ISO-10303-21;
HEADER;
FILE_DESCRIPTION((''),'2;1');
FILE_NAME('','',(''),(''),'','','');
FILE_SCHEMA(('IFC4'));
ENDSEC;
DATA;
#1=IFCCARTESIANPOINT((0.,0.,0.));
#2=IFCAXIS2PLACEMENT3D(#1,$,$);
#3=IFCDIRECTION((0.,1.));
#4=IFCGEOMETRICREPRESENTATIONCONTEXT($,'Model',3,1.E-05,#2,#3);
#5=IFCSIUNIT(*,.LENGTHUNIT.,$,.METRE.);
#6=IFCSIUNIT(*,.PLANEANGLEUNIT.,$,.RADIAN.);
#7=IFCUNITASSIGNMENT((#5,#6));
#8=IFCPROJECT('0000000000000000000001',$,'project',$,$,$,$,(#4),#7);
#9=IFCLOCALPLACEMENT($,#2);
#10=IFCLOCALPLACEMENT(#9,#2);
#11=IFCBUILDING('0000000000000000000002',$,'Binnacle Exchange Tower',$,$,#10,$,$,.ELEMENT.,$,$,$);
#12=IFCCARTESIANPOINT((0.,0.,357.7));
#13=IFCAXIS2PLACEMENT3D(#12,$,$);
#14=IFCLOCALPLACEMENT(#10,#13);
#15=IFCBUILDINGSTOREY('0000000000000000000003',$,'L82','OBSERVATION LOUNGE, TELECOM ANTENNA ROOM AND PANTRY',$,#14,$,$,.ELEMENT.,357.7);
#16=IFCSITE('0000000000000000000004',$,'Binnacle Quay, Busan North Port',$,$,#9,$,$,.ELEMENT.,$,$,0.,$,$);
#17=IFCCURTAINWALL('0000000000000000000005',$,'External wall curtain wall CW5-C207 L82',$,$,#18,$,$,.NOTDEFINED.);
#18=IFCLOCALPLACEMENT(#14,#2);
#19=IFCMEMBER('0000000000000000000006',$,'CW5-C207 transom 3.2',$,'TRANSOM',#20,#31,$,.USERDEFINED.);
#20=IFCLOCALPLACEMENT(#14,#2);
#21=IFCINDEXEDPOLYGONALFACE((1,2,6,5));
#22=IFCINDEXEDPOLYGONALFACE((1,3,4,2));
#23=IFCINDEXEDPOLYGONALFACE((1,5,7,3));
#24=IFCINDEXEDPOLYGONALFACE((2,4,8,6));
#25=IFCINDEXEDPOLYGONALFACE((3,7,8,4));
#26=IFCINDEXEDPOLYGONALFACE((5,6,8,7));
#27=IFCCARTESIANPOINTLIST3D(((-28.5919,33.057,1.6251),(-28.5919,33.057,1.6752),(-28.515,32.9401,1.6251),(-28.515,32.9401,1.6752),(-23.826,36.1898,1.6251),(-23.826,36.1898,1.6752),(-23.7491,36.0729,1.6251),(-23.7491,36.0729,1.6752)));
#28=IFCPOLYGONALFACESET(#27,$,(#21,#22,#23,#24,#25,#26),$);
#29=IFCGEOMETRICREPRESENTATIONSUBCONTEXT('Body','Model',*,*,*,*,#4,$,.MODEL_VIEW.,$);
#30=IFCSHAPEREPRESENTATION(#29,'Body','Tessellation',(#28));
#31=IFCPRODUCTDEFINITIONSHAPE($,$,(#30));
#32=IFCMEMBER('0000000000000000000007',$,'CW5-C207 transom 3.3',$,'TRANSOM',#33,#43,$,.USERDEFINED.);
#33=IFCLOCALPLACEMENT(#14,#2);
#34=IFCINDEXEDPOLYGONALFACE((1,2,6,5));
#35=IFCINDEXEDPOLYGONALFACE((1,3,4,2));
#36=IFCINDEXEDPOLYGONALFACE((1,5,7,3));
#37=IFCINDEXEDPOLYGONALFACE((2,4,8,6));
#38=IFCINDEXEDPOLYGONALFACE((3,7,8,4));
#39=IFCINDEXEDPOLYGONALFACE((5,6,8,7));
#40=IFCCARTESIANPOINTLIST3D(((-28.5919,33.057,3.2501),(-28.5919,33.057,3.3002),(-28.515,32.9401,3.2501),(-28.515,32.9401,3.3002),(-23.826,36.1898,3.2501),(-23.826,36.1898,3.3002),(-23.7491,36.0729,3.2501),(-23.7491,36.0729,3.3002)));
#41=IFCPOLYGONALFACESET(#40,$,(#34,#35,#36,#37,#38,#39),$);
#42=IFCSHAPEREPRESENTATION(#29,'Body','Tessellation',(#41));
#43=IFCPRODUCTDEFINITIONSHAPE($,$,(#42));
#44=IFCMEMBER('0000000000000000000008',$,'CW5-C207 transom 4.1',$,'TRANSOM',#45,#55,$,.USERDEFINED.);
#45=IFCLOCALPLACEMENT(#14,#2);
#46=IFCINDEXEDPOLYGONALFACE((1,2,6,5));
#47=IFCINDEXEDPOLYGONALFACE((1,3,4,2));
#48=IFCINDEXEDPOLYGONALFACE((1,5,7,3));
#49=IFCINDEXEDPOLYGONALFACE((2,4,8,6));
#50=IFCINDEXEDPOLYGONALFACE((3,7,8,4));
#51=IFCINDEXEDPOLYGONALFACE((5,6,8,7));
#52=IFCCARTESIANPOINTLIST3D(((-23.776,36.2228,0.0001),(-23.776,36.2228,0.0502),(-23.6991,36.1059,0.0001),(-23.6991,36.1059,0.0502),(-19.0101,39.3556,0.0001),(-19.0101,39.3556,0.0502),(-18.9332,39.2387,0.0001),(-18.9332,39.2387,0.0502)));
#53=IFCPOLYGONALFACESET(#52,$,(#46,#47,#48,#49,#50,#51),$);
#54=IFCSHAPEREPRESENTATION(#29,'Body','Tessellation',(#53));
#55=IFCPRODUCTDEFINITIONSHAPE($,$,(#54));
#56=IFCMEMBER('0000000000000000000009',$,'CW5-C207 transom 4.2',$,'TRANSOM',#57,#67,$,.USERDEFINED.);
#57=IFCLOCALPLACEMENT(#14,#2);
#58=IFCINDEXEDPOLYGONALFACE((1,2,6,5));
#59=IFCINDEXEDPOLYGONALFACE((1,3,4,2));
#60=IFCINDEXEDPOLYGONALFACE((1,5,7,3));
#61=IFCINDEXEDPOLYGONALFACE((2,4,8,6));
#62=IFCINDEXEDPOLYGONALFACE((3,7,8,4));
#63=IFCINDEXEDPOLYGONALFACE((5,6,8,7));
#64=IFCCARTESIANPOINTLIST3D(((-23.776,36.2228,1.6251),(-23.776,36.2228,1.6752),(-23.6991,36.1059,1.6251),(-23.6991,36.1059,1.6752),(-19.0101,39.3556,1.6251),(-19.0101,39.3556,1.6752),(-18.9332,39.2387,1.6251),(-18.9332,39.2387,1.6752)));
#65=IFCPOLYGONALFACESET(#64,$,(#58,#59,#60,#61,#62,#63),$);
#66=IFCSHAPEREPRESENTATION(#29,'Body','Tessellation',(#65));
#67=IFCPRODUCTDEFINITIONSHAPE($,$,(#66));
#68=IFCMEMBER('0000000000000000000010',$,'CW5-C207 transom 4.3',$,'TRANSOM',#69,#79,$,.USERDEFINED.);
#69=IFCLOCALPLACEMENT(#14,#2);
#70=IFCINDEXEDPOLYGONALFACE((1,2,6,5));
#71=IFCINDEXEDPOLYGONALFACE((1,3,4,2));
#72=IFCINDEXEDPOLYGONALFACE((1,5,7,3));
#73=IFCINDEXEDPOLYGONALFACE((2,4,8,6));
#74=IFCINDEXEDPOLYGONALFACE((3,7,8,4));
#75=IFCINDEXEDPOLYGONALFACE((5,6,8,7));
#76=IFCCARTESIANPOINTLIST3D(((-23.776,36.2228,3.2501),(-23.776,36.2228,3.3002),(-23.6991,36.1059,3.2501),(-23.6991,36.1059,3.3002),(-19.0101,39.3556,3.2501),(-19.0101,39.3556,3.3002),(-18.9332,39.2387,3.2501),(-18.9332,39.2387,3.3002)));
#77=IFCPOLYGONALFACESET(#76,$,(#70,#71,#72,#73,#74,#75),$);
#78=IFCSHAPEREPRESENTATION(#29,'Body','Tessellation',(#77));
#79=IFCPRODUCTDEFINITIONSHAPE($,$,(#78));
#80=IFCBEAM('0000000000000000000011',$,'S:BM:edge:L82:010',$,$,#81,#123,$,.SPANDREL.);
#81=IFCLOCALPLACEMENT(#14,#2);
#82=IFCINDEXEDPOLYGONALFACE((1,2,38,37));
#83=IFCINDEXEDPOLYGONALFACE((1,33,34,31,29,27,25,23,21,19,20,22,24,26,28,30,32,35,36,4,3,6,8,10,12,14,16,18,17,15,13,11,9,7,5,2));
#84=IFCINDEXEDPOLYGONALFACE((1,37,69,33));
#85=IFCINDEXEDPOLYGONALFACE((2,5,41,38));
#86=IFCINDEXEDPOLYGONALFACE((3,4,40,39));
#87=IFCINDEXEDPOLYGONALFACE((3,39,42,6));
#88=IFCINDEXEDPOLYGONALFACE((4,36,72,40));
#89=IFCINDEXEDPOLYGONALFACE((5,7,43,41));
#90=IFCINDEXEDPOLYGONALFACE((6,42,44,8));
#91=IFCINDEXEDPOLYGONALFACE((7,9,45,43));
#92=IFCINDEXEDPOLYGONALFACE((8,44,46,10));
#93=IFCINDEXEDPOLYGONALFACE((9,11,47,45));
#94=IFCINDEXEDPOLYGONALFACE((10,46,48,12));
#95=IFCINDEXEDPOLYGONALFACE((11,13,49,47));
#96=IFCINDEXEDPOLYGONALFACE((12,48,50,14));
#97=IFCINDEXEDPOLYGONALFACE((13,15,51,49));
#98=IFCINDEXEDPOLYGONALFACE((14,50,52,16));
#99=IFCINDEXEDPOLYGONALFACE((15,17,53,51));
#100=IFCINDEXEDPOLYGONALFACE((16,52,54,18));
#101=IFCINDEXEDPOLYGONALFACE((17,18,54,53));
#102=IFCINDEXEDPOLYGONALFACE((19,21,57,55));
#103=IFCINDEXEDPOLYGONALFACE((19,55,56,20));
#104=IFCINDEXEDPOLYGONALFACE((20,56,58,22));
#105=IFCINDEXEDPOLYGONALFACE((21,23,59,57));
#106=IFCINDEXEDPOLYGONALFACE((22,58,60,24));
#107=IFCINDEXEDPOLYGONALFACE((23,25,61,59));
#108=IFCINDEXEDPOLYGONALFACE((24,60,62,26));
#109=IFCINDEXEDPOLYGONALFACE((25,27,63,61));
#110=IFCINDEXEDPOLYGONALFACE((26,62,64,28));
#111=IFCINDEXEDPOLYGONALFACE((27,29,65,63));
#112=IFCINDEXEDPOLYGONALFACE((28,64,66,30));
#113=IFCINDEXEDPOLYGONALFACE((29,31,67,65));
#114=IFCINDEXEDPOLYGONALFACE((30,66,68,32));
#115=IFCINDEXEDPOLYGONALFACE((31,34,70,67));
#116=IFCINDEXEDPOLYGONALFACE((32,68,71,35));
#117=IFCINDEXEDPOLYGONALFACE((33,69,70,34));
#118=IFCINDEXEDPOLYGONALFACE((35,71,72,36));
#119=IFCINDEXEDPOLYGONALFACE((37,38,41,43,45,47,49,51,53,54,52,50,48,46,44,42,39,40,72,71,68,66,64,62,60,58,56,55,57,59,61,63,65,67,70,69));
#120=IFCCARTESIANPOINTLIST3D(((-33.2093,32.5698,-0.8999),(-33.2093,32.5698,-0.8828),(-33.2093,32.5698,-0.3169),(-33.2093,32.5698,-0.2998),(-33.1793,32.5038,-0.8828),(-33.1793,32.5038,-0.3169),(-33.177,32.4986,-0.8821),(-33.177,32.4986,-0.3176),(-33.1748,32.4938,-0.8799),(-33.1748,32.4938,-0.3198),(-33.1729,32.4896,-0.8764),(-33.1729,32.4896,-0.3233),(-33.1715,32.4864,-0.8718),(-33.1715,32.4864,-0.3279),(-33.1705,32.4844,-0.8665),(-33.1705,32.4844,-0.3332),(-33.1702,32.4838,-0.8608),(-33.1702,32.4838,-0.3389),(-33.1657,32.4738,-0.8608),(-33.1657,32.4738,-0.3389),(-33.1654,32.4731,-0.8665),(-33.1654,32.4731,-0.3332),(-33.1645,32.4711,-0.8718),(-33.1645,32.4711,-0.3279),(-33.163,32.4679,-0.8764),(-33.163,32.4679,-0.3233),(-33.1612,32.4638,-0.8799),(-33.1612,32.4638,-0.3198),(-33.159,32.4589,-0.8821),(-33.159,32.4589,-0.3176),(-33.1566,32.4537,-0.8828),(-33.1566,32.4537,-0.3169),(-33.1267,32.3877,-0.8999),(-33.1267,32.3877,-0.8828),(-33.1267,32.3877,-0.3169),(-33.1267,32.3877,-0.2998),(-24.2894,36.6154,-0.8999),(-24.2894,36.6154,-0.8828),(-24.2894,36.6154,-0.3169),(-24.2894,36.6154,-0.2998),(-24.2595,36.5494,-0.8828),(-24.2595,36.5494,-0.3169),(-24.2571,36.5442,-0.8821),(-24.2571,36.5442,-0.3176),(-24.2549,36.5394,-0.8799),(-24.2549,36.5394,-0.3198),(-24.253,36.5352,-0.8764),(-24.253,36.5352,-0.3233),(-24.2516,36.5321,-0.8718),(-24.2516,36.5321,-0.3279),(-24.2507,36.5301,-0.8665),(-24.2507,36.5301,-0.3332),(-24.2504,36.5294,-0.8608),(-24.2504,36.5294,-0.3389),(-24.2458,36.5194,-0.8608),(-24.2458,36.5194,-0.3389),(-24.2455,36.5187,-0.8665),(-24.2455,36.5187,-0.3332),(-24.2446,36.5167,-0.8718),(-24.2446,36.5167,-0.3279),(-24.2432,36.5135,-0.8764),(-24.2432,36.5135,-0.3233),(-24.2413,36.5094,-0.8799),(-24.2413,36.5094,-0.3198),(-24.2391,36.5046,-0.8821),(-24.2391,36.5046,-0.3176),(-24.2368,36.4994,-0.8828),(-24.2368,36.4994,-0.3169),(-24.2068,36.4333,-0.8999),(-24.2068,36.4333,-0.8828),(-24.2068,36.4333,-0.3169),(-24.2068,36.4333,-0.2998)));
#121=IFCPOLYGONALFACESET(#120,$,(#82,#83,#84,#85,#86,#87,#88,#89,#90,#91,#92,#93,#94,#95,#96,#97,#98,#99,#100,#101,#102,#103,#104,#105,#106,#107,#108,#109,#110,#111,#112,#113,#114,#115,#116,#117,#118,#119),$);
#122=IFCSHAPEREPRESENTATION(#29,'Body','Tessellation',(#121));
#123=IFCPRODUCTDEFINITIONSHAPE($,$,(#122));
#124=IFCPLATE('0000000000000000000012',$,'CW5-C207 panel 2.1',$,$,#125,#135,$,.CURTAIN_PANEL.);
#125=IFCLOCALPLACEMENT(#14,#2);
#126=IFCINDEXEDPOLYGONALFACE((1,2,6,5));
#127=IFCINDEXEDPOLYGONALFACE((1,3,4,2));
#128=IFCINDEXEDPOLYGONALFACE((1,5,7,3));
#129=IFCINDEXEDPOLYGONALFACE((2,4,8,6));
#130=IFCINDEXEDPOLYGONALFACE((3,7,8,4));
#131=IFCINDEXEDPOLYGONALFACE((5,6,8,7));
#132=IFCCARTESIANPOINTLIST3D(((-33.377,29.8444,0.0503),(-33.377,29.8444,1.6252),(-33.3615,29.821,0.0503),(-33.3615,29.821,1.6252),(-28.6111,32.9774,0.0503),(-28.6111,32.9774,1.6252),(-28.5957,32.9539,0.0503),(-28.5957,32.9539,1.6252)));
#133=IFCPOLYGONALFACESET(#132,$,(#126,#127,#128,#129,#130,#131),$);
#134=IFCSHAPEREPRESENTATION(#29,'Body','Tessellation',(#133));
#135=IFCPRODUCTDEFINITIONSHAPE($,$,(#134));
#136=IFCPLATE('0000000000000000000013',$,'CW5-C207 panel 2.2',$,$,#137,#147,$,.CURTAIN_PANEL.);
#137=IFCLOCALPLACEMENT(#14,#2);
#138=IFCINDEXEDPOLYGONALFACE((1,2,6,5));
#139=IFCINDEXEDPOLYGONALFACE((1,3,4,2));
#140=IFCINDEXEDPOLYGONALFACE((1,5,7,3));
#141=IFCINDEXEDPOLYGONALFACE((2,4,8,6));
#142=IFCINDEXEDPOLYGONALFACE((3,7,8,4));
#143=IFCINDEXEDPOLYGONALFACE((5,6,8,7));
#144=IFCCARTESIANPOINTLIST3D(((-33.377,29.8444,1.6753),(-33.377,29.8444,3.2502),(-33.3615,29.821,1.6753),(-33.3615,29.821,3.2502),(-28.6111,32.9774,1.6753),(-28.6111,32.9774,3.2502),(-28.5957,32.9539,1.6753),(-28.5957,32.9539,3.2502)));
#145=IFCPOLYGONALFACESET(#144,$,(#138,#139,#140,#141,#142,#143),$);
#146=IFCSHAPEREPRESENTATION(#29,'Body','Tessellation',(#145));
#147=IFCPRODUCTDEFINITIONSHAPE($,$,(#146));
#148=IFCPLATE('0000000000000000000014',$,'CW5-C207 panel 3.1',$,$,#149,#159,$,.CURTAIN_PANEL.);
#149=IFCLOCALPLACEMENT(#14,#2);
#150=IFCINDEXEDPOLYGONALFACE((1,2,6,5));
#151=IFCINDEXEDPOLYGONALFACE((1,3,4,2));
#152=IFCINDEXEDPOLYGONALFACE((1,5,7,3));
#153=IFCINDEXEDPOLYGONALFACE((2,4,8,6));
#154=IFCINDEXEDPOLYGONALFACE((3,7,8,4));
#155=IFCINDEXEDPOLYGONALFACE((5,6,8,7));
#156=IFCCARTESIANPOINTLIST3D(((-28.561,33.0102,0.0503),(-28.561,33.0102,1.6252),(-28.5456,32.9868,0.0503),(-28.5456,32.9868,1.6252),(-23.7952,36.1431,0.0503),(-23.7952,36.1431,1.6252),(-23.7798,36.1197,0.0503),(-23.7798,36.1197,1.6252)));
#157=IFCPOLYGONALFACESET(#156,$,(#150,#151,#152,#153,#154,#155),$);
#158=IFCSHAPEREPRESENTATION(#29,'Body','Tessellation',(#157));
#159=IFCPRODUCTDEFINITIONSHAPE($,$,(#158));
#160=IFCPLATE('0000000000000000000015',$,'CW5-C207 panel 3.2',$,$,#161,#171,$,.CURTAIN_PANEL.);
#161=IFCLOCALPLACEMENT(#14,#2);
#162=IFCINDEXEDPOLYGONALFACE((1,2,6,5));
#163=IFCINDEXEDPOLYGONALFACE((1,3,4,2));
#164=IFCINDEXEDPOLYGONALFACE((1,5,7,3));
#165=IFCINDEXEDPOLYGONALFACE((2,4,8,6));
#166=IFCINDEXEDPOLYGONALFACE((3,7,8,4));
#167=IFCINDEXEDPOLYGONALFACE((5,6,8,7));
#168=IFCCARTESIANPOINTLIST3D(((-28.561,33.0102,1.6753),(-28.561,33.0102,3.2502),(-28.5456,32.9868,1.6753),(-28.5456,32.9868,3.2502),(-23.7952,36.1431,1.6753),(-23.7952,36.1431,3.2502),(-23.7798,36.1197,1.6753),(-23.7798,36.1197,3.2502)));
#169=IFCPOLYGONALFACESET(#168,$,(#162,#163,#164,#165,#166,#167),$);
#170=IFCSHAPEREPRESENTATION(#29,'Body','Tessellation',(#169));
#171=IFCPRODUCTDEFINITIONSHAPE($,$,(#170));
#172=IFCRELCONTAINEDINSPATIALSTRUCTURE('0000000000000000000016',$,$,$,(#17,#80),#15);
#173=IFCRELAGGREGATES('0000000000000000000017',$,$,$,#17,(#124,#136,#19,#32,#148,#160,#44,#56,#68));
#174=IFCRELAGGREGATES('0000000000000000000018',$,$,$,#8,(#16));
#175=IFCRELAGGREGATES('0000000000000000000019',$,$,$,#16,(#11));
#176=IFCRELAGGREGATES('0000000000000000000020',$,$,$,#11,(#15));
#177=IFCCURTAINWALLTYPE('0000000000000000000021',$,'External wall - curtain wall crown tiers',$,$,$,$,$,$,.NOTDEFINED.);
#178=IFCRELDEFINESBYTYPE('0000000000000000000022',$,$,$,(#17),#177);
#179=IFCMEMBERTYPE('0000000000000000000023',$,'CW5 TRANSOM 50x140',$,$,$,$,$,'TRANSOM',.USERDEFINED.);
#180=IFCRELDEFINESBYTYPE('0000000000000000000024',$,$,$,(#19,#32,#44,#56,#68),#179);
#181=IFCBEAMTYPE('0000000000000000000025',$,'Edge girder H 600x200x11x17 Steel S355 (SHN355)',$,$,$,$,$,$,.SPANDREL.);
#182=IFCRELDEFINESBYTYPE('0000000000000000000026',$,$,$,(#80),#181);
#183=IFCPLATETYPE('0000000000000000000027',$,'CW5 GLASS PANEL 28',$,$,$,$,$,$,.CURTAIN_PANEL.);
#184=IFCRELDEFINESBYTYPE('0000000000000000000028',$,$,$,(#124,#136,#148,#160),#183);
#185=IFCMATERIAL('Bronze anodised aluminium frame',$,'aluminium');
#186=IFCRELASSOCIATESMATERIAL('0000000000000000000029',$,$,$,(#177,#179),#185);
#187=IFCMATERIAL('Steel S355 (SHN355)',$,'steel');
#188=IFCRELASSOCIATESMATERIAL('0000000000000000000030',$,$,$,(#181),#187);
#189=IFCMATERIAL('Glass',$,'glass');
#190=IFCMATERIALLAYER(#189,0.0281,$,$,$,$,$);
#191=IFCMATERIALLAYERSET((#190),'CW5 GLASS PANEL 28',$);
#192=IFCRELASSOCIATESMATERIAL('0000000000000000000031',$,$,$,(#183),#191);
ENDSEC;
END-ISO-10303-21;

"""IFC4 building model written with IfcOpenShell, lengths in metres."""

from ifc_helpers import new_model, si_unit, direction, frame, origin, origin_2d, place, context, subcontext, project, spatial, rectangle, i_section, extrude, material, layer, layer_set, material_profile, profile_set, type_object, element, aggregate, save


model = new_model("IFC4")

# Units and contexts
model_context = context("Model", 3, precision=1e-05, world=origin(), true_north=direction((0.0, 1.0)))
body_context = subcontext(model_context, "Body", "Model", "MODEL_VIEW")
ifc_project = project(units=[si_unit("LENGTHUNIT", "METRE"), si_unit("PLANEANGLEUNIT", "RADIAN")], contexts=[model_context])

# Site, building, storey
site_placement = place(None, origin())
site = spatial("IfcSite", under=ifc_project, at=site_placement, Name="Binnacle Quay, Busan North Port", CompositionType="ELEMENT", RefElevation=0.0)
building_placement = place(site_placement, origin())
building = spatial("IfcBuilding", under=site, at=building_placement, Name="Binnacle Exchange Tower", CompositionType="ELEMENT")
storey_placement = place(building_placement, frame((0.0, 0.0, 357.7)))
storey = spatial("IfcBuildingStorey", under=building, at=storey_placement, Name="L82", Description="OBSERVATION LOUNGE, TELECOM ANTENNA ROOM AND PANTRY", CompositionType="ELEMENT", Elevation=357.7)

# Shared definitions
ifc_material_1 = material(Name="Steel S355 (SHN355)", Category="steel")

# Curtain wall, members
ifc_material_2 = material(Name="Bronze anodised aluminium frame", Category="aluminium")
curtain_wall_type = type_object("IfcCurtainWallType", Name="External wall - curtain wall crown tiers", PredefinedType="NOTDEFINED", material=ifc_material_2)
curtain_wall_placement = place(storey_placement, origin())
curtain_wall = element("IfcCurtainWall", 1, at=curtain_wall_placement, inside=storey, type_object=curtain_wall_type, Name="External wall curtain wall CW5-C207 L82", PredefinedType="NOTDEFINED")
ifc_material_profile_1 = material_profile(ifc_material_2, rectangle(XDim=0.1399, YDim=0.05, at=origin_2d()), Name="AL 140x50")
ifc_profile_set_1 = profile_set([ifc_material_profile_1], Name="Bronze anodised aluminium frame")
member_type_1 = type_object("IfcMemberType", Name="CW5 TRANSOM 50x140", ElementType="TRANSOM", PredefinedType="USERDEFINED", material=ifc_profile_set_1)
member_1_placement = place(storey_placement, frame((-28.5535, 32.9985, 1.6501), z_axis=(0.835629, 0.549295, 0.0), x_axis=(-0.549295, 0.835629, 0.0)))
member_1 = element("IfcMember", 2, at=member_1_placement, type_object=member_type_1, Name="CW5-C207 transom 3.2", ObjectType="TRANSOM", PredefinedType="USERDEFINED", context=body_context, shape_type="SweptSolid", body=[
    extrude(rectangle(XDim=0.1399, YDim=0.05, at=origin_2d()), origin(), (0.0, 0.0, 1.0), 5.7034),
])
member_2_placement = place(storey_placement, frame((-28.5535, 32.9985, 3.2751), z_axis=(0.835629, 0.549295, 0.0), x_axis=(-0.549295, 0.835629, 0.0)))
member_2 = element("IfcMember", 3, at=member_2_placement, type_object=member_type_1, Name="CW5-C207 transom 3.3", ObjectType="TRANSOM", PredefinedType="USERDEFINED", context=body_context, shape_type="SweptSolid", body=[
    extrude(rectangle(XDim=0.1399, YDim=0.05, at=origin_2d()), origin(), (0.0, 0.0, 1.0), 5.7034),
])
member_3_placement = place(storey_placement, frame((-23.7375, 36.1643, 0.0251), z_axis=(0.835629, 0.549295, 0.0), x_axis=(-0.549295, 0.835629, 0.0)))
member_3 = element("IfcMember", 4, at=member_3_placement, type_object=member_type_1, Name="CW5-C207 transom 4.1", ObjectType="TRANSOM", PredefinedType="USERDEFINED", context=body_context, shape_type="SweptSolid", body=[
    extrude(rectangle(XDim=0.1399, YDim=0.05, at=origin_2d()), origin(), (0.0, 0.0, 1.0), 5.7034),
])
member_4_placement = place(storey_placement, frame((-23.7375, 36.1643, 1.6501), z_axis=(0.835629, 0.549295, 0.0), x_axis=(-0.549295, 0.835629, 0.0)))
member_4 = element("IfcMember", 5, at=member_4_placement, type_object=member_type_1, Name="CW5-C207 transom 4.2", ObjectType="TRANSOM", PredefinedType="USERDEFINED", context=body_context, shape_type="SweptSolid", body=[
    extrude(rectangle(XDim=0.1399, YDim=0.05, at=origin_2d()), origin(), (0.0, 0.0, 1.0), 5.7034),
])
member_5_placement = place(storey_placement, frame((-23.7375, 36.1643, 3.2751), z_axis=(0.835629, 0.549295, 0.0), x_axis=(-0.549295, 0.835629, 0.0)))
member_5 = element("IfcMember", 6, at=member_5_placement, type_object=member_type_1, Name="CW5-C207 transom 4.3", ObjectType="TRANSOM", PredefinedType="USERDEFINED", context=body_context, shape_type="SweptSolid", body=[
    extrude(rectangle(XDim=0.1399, YDim=0.05, at=origin_2d()), origin(), (0.0, 0.0, 1.0), 5.7034),
])

# Beam
ifc_material_profile_2 = material_profile(ifc_material_1, i_section(OverallWidth=0.2, OverallDepth=0.6001, WebThickness=0.011, FlangeThickness=0.0171, FilletRadius=0.022, at=origin_2d()), Name="H 600x200x11x17")
ifc_profile_set_2 = profile_set([ifc_material_profile_2], Name="Steel S355 (SHN355)")
beam_type = type_object("IfcBeamType", Name="Edge girder H 600x200x11x17 Steel S355 (SHN355)", PredefinedType="SPANDREL", material=ifc_profile_set_2)
beam_placement = place(storey_placement, frame((-33.168, 32.4788, -0.5999), z_axis=(0.910707, 0.413053, 0.0), x_axis=(-0.413053, 0.910707, 0.0)))
element("IfcBeam", 7, at=beam_placement, inside=storey, type_object=beam_type, Name="S:BM:edge:L82:010", PredefinedType="SPANDREL", context=body_context, shape_type="SweptSolid", body=[
    extrude(i_section(OverallWidth=0.2, OverallDepth=0.6001, WebThickness=0.011, FlangeThickness=0.0171, FilletRadius=0.022, at=origin_2d()), origin(), (0.0, 0.0, 1.0), 9.7944),
])

# Plates
ifc_material_3 = material(Name="Glass", Category="glass")
ifc_layer_1 = layer(ifc_material_3, 0.0281)
ifc_layer_set_1 = layer_set([ifc_layer_1], Name="CW5 GLASS PANEL 28")
plate_type = type_object("IfcPlateType", Name="CW5 GLASS PANEL 28", PredefinedType="CURTAIN_PANEL", material=ifc_layer_set_1)
plate_1_placement = place(storey_placement, frame((-30.9863, 31.3992, 0.0503), z_axis=(0.0, 0.0, 1.0), x_axis=(0.835618, 0.54931, 0.0)))
plate_1 = element("IfcPlate", 8, at=plate_1_placement, type_object=plate_type, Name="CW5-C207 panel 2.1", PredefinedType="CURTAIN_PANEL", context=body_context, shape_type="SweptSolid", body=[
    extrude(rectangle(XDim=5.7034, YDim=0.0281, at=origin_2d()), origin(), (0.0, 0.0, 1.0), 1.575),
])
plate_2_placement = place(storey_placement, frame((-30.9863, 31.3992, 1.6753), z_axis=(0.0, 0.0, 1.0), x_axis=(0.835618, 0.54931, 0.0)))
plate_2 = element("IfcPlate", 9, at=plate_2_placement, type_object=plate_type, Name="CW5-C207 panel 2.2", PredefinedType="CURTAIN_PANEL", context=body_context, shape_type="SweptSolid", body=[
    extrude(rectangle(XDim=5.7034, YDim=0.0281, at=origin_2d()), origin(), (0.0, 0.0, 1.0), 1.575),
])
plate_3_placement = place(storey_placement, frame((-26.1704, 34.5649, 0.0503), z_axis=(0.0, 0.0, 1.0), x_axis=(0.835618, 0.54931, 0.0)))
plate_3 = element("IfcPlate", 10, at=plate_3_placement, type_object=plate_type, Name="CW5-C207 panel 3.1", PredefinedType="CURTAIN_PANEL", context=body_context, shape_type="SweptSolid", body=[
    extrude(rectangle(XDim=5.7034, YDim=0.0281, at=origin_2d()), origin(), (0.0, 0.0, 1.0), 1.575),
])
plate_4_placement = place(storey_placement, frame((-26.1704, 34.5649, 1.6753), z_axis=(0.0, 0.0, 1.0), x_axis=(0.835618, 0.54931, 0.0)))
plate_4 = element("IfcPlate", 11, at=plate_4_placement, type_object=plate_type, Name="CW5-C207 panel 3.2", PredefinedType="CURTAIN_PANEL", context=body_context, shape_type="SweptSolid", body=[
    extrude(rectangle(XDim=5.7034, YDim=0.0281, at=origin_2d()), origin(), (0.0, 0.0, 1.0), 1.575),
])
aggregate(curtain_wall, [plate_1, plate_2, member_1, member_2, plate_3, plate_4, member_3, member_4, member_5])

save(model, "model.ifc")
